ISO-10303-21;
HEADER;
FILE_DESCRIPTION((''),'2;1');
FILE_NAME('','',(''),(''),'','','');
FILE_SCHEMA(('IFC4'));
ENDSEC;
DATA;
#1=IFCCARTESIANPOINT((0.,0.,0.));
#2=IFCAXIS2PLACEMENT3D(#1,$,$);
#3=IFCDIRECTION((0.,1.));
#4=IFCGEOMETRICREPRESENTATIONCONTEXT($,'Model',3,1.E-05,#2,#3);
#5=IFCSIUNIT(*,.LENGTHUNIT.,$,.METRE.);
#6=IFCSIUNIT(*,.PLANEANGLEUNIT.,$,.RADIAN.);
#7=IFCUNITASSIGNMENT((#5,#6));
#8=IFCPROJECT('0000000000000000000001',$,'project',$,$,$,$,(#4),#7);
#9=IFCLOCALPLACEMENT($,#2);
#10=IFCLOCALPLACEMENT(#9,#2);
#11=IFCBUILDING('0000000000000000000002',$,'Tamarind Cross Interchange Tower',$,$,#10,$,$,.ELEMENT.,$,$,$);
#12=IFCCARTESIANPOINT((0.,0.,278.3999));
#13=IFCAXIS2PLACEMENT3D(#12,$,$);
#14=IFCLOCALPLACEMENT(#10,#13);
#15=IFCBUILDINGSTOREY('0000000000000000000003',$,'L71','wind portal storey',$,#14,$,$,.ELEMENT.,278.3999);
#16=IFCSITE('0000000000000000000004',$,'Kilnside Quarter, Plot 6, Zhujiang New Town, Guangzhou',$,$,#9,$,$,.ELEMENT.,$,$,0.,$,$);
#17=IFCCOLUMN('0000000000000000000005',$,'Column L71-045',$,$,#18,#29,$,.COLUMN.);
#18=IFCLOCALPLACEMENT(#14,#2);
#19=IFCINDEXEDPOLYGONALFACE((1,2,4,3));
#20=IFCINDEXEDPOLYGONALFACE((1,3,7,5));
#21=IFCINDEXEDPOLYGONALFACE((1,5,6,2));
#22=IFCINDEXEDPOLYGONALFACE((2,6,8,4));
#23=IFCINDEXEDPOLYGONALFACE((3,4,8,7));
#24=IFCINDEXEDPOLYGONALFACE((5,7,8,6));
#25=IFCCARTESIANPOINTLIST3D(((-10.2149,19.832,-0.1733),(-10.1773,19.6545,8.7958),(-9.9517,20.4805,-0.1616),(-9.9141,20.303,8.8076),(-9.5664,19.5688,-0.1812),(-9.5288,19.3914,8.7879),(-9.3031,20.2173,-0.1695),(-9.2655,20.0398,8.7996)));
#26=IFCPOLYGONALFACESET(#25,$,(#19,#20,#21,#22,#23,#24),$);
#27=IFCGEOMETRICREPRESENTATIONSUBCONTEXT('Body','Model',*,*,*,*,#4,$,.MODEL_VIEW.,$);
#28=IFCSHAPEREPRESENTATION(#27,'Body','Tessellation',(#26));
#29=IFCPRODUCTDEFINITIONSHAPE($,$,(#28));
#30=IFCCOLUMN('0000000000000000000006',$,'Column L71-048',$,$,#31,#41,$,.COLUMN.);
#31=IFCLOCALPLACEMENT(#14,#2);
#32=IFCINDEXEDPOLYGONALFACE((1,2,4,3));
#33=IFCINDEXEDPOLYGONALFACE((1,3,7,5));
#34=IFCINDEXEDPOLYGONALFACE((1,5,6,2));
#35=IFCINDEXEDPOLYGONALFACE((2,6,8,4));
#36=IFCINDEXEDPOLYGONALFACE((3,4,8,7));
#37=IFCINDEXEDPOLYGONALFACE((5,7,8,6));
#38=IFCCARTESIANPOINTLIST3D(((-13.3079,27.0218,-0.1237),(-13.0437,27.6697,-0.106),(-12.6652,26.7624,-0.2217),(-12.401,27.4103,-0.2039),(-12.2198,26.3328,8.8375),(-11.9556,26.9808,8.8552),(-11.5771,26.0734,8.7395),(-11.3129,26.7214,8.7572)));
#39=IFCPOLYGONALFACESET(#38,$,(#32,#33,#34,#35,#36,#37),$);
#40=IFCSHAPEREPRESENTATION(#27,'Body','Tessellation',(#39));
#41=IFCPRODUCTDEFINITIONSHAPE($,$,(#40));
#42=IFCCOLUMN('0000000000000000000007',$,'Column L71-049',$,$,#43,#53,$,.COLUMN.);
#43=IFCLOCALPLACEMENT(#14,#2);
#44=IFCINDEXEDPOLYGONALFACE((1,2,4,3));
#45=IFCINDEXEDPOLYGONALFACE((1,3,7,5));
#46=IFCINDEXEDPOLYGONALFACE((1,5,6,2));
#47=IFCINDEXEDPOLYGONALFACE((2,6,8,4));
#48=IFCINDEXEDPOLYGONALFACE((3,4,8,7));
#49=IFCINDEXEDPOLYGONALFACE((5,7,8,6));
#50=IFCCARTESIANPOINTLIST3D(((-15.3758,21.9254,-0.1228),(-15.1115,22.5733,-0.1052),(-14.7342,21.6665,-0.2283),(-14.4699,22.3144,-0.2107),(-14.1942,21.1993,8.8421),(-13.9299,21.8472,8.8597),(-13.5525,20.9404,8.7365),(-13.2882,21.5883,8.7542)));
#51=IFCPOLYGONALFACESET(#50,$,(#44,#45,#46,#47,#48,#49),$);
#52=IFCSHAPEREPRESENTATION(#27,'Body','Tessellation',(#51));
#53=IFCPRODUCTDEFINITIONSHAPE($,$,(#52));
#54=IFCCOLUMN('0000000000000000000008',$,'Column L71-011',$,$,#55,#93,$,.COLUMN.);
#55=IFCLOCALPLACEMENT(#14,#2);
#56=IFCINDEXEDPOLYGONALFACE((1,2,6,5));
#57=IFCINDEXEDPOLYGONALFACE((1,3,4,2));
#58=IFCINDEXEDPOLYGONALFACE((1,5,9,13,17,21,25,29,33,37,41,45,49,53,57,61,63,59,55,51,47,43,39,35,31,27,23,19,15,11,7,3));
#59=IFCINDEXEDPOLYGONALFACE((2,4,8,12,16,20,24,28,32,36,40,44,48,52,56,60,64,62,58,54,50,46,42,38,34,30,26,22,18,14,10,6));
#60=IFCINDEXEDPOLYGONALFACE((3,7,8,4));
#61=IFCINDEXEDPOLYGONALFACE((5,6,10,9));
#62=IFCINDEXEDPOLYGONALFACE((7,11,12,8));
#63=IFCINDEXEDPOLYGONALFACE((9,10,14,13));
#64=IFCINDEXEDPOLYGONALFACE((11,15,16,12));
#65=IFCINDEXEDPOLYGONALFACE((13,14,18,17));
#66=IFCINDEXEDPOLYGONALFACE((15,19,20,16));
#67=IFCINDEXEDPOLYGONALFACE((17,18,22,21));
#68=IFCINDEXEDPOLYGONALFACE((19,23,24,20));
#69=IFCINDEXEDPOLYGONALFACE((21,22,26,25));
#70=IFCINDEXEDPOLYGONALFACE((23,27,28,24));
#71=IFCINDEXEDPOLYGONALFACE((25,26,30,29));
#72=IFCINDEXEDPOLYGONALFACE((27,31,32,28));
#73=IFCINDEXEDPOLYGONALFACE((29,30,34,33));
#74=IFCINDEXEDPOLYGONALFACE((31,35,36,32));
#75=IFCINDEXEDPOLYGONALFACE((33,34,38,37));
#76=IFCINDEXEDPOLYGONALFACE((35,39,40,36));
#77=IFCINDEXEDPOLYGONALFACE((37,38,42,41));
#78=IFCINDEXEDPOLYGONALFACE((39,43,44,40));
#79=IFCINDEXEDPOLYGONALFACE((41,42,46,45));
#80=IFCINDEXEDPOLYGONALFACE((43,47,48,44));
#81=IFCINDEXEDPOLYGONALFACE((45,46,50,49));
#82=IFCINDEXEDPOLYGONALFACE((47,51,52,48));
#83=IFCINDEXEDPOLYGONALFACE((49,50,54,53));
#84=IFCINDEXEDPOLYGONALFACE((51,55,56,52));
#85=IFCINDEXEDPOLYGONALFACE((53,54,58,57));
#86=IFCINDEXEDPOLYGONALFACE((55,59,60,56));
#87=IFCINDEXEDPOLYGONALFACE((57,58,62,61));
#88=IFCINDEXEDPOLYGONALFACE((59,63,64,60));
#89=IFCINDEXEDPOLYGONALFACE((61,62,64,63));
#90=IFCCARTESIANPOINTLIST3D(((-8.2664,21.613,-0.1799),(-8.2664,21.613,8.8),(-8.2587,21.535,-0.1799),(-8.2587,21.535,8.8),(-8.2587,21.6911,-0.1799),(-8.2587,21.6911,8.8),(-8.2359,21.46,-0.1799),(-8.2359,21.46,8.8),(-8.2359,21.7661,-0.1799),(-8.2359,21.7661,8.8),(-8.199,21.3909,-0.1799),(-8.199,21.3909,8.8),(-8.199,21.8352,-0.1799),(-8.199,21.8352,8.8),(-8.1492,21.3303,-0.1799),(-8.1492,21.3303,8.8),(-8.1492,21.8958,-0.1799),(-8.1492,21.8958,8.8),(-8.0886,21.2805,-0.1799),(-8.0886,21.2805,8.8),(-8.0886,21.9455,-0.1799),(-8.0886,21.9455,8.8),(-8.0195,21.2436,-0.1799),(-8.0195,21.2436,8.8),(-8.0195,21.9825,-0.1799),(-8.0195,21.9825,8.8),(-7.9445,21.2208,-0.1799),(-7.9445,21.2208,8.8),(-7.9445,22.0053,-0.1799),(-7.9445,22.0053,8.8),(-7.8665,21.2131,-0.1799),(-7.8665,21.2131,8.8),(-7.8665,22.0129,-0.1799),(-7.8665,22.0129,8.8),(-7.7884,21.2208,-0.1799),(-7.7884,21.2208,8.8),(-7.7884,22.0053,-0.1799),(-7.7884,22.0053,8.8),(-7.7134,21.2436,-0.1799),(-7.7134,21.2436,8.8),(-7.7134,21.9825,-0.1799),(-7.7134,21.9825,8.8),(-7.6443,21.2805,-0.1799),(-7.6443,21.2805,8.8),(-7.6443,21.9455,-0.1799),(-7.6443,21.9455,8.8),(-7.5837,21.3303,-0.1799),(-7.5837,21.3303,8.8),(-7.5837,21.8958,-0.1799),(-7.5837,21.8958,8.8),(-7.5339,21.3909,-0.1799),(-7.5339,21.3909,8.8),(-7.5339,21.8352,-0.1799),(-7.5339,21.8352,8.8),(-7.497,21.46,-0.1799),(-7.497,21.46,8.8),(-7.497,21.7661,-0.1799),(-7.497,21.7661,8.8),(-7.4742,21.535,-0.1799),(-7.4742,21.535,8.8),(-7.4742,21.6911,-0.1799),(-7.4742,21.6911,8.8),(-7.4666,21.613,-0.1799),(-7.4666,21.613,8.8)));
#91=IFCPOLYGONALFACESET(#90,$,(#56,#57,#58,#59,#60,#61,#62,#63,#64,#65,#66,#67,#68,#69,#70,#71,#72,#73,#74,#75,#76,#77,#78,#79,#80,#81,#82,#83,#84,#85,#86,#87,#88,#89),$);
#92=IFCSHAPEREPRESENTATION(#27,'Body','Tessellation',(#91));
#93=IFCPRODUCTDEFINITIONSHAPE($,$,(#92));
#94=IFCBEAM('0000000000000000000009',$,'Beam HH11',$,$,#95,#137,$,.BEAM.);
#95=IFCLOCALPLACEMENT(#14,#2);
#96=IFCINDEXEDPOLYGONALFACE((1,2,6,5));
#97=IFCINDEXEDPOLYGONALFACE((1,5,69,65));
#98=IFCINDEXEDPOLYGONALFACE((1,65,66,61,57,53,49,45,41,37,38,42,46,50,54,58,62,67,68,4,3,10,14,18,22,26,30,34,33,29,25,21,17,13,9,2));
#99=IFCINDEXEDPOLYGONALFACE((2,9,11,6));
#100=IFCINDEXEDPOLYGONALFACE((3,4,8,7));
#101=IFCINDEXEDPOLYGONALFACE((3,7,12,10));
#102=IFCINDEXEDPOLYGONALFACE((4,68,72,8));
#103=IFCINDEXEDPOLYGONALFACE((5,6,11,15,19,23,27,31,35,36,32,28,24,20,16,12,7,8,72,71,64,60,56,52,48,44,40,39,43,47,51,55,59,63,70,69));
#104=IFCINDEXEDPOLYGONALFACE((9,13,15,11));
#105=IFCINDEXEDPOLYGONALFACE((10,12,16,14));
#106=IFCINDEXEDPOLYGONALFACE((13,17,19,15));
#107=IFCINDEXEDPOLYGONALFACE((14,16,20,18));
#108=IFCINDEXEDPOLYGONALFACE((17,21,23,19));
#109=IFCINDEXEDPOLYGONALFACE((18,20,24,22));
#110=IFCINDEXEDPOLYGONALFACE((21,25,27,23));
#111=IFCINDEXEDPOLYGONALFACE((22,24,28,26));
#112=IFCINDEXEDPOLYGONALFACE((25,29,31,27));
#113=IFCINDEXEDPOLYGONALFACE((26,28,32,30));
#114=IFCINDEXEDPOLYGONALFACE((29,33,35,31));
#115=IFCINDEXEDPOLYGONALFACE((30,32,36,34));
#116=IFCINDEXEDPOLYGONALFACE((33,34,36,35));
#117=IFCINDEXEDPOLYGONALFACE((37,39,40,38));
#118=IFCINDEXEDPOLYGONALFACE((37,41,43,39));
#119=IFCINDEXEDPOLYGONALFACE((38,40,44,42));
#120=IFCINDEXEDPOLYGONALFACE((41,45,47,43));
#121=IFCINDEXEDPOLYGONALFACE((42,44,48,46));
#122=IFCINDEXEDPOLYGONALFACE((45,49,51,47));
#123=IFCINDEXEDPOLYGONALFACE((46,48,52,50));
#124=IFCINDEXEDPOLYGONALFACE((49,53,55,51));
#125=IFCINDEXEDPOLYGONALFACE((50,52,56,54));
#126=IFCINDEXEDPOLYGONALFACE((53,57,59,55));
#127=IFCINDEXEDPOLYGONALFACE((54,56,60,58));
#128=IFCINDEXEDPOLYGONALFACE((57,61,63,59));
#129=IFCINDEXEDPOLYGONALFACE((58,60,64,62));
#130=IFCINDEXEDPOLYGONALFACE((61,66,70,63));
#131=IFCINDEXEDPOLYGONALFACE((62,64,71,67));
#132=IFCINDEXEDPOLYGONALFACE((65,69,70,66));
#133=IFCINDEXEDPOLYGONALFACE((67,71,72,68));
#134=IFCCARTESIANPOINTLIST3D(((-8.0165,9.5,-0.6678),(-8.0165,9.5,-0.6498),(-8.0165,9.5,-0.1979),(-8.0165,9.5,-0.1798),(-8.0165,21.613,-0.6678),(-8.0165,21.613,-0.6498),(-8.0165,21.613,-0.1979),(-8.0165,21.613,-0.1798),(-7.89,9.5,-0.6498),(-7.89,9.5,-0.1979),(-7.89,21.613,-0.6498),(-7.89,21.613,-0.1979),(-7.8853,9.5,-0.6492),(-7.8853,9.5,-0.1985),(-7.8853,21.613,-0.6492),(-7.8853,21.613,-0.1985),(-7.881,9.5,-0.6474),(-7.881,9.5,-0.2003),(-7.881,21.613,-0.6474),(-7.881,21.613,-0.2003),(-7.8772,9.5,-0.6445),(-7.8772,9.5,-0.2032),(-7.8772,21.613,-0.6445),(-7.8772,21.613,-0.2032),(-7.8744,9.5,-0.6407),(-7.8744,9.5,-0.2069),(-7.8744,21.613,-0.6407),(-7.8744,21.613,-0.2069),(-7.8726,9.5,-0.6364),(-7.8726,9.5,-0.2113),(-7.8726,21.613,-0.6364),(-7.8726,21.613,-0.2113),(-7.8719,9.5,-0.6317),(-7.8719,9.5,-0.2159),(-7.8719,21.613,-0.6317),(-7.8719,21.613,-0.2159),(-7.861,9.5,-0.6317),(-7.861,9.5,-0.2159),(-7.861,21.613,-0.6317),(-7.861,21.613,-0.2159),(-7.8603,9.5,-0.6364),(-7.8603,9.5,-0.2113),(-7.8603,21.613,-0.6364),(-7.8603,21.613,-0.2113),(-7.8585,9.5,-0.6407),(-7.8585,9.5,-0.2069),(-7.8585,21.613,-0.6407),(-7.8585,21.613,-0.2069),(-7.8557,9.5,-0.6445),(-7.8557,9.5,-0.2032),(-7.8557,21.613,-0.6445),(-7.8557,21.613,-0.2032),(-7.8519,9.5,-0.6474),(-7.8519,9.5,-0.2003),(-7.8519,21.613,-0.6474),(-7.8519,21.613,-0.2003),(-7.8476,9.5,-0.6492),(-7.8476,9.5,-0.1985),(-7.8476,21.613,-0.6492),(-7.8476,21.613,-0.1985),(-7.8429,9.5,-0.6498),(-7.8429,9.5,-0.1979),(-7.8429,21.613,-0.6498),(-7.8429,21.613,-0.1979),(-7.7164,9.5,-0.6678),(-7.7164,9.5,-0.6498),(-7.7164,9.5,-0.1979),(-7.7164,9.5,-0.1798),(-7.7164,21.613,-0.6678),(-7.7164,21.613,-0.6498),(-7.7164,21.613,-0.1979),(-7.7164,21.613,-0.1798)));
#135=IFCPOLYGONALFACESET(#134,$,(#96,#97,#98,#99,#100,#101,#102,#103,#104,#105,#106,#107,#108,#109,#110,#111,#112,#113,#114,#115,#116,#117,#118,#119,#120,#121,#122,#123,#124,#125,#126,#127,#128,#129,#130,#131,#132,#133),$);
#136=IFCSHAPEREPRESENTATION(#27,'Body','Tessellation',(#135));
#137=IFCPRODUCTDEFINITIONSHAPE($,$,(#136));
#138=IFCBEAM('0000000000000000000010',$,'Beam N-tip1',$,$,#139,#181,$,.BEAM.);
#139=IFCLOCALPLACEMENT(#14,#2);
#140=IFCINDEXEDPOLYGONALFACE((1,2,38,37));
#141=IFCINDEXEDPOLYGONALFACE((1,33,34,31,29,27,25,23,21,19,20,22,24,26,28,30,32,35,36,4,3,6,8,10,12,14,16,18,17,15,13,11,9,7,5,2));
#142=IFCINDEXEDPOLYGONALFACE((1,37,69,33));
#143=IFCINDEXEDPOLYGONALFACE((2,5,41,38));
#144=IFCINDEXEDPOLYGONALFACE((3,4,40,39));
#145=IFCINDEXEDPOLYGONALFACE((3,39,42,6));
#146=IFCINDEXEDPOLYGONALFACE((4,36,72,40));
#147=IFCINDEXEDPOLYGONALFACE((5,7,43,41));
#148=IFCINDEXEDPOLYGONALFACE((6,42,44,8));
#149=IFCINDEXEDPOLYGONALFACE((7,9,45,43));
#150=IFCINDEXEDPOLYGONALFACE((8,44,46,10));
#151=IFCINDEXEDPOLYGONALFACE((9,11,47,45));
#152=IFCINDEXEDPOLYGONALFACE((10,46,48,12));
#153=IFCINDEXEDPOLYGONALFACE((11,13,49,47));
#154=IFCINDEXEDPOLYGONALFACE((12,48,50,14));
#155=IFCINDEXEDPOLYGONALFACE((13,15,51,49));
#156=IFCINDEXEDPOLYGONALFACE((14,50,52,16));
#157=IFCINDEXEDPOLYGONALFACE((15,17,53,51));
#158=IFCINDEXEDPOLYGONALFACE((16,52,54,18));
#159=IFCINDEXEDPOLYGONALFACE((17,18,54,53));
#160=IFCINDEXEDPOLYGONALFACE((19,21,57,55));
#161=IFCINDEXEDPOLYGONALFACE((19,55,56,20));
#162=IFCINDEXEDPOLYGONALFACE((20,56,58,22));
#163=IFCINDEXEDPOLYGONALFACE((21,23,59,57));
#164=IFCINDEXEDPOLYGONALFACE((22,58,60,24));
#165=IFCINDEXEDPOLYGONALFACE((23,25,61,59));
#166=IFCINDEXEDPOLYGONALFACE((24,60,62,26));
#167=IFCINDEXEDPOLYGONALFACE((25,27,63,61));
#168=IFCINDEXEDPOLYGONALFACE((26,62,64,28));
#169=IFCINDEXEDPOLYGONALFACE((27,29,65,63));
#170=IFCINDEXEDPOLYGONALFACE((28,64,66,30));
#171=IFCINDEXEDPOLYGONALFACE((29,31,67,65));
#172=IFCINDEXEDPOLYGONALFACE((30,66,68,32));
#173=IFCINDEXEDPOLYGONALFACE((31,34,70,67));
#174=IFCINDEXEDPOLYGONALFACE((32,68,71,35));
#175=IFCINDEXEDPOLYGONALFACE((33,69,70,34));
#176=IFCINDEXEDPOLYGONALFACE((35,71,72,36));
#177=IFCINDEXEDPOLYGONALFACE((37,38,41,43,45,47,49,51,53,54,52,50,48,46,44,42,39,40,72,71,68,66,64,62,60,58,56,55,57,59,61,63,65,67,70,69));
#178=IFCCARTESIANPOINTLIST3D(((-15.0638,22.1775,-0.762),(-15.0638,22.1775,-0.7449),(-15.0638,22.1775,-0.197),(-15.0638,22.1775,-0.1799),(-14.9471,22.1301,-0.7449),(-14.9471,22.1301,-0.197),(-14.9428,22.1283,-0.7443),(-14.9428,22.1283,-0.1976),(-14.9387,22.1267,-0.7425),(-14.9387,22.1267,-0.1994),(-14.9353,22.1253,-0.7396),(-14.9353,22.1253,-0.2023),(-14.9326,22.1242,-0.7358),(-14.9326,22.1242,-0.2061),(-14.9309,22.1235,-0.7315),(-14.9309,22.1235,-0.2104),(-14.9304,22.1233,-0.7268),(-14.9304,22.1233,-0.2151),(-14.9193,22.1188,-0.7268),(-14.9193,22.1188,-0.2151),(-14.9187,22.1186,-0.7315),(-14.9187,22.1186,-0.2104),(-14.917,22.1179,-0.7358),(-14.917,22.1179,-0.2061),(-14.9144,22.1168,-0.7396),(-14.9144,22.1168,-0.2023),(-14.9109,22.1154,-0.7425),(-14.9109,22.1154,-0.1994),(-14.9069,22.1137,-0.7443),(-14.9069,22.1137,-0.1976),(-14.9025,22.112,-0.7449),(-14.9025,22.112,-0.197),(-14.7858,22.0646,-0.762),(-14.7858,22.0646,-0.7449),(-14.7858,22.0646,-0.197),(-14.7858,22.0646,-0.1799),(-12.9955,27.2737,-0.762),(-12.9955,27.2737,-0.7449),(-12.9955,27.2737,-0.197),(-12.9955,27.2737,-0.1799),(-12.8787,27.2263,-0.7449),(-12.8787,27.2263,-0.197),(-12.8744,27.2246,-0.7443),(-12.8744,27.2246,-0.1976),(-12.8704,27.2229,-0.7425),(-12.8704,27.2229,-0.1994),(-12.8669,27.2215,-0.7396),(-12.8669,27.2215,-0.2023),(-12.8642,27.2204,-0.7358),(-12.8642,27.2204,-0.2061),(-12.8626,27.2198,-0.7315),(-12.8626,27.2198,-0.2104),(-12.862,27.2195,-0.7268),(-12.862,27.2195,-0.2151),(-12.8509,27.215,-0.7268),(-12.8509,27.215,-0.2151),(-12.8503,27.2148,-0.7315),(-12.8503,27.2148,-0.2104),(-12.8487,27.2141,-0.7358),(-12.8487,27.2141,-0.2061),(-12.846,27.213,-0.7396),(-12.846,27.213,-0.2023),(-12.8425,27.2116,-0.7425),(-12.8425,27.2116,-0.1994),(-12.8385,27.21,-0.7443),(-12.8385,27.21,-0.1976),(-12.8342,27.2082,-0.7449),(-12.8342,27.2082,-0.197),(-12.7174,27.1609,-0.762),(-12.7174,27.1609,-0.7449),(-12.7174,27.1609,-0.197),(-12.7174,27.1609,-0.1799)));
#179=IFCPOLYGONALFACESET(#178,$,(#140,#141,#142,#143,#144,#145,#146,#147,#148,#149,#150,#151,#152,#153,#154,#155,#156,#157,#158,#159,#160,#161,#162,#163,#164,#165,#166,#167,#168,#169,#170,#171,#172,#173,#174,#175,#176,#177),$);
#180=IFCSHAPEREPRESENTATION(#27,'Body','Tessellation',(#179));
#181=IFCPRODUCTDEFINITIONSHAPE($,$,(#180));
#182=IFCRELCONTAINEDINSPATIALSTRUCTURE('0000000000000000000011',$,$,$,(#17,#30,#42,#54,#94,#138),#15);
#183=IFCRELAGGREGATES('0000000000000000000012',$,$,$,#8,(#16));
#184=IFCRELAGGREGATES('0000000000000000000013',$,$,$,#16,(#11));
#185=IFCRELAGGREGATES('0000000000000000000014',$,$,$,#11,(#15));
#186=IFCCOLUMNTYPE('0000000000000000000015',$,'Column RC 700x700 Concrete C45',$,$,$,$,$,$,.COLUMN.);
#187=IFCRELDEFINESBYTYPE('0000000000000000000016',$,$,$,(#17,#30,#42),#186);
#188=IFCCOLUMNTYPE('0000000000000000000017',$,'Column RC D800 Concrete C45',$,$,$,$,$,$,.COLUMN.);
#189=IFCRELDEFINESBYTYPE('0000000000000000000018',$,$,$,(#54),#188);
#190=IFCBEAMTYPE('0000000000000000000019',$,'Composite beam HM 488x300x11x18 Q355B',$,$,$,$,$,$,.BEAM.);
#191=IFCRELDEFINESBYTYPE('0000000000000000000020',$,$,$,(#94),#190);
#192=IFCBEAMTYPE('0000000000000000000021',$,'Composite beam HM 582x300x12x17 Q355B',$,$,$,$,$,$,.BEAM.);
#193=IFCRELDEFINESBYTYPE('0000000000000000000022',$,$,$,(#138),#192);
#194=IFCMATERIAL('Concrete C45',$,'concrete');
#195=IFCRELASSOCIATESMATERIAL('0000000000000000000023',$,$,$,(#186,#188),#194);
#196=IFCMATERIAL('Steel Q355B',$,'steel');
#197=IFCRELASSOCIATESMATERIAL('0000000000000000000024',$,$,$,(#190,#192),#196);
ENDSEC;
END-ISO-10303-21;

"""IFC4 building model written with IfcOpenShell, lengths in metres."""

from ifc_helpers import new_model, si_unit, direction, frame, origin, origin_2d, place, context, subcontext, project, spatial, rectangle, circle, i_section, extrude, material, material_profile, profile_set, type_object, element, save


model = new_model("IFC4")

# Units and contexts
model_context = context("Model", 3, precision=1e-05, world=origin(), true_north=direction((0.0, 1.0)))
body_context = subcontext(model_context, "Body", "Model", "MODEL_VIEW")
ifc_project = project(units=[si_unit("LENGTHUNIT", "METRE"), si_unit("PLANEANGLEUNIT", "RADIAN")], contexts=[model_context])

# Site, building, storey
site_placement = place(None, origin())
site = spatial("IfcSite", under=ifc_project, at=site_placement, Name="Kilnside Quarter, Plot 6, Zhujiang New Town, Guangzhou", CompositionType="ELEMENT", RefElevation=0.0)
building_placement = place(site_placement, origin())
building = spatial("IfcBuilding", under=site, at=building_placement, Name="Tamarind Cross Interchange Tower", CompositionType="ELEMENT")
storey_placement = place(building_placement, frame((0.0, 0.0, 278.3999)))
storey = spatial("IfcBuildingStorey", under=building, at=storey_placement, Name="L71", Description="wind portal storey", CompositionType="ELEMENT", Elevation=278.3999)

# Columns
ifc_material_1 = material(Name="Concrete C45", Category="concrete")
ifc_material_profile_1 = material_profile(ifc_material_1, rectangle(XDim=0.7, YDim=0.7, at=origin_2d()), Name="RC 700x700")
ifc_profile_set_1 = profile_set([ifc_material_profile_1], Name="Concrete C45")
column_type_1 = type_object("IfcColumnType", Name="Column RC 700x700 Concrete C45", PredefinedType="COLUMN", material=ifc_profile_set_1)
column_1_placement = place(storey_placement, frame((-9.759, 20.0247, -0.1714), z_axis=(0.004191, -0.019785, 0.999795), x_axis=(0.376142, 0.926411, 0.016756)))
element("IfcColumn", 1, at=column_1_placement, inside=storey, type_object=column_type_1, Name="Column L71-045", PredefinedType="COLUMN", context=body_context, shape_type="SweptSolid", body=[
    extrude(rectangle(XDim=0.7, YDim=0.7, at=origin_2d()), origin(), (0.0, 0.0, 1.0), 8.9709),
])
column_2_placement = place(storey_placement, frame((-12.8545, 27.2161, -0.1638), z_axis=(0.120193, -0.076101, 0.989829), x_axis=(0.377445, 0.925685, 0.025337)))
element("IfcColumn", 2, at=column_2_placement, inside=storey, type_object=column_type_1, Name="Column L71-048", PredefinedType="COLUMN", context=body_context, shape_type="SweptSolid", body=[
    extrude(rectangle(XDim=0.7, YDim=0.7, at=origin_2d()), origin(), (0.0, 0.0, 1.0), 9.0532),
])
column_3_placement = place(storey_placement, frame((-14.9229, 22.1199, -0.1667), z_axis=(0.130259, -0.080039, 0.988244), x_axis=(0.377607, 0.925623, 0.025196)))
element("IfcColumn", 3, at=column_3_placement, inside=storey, type_object=column_type_1, Name="Column L71-049", PredefinedType="COLUMN", context=body_context, shape_type="SweptSolid", body=[
    extrude(rectangle(XDim=0.7, YDim=0.7, at=origin_2d()), origin(), (0.0, 0.0, 1.0), 9.0715),
])
ifc_material_profile_2 = material_profile(ifc_material_1, circle(Radius=0.3999, at=origin_2d()), Name="RC D800")
ifc_profile_set_2 = profile_set([ifc_material_profile_2], Name="Concrete C45")
column_type_2 = type_object("IfcColumnType", Name="Column RC D800 Concrete C45", PredefinedType="COLUMN", material=ifc_profile_set_2)
column_4_placement = place(storey_placement, frame((-7.8665, 21.613, -0.1799), z_axis=(0.0, 0.0, 1.0), x_axis=(1.0, 0.0, 0.0)))
element("IfcColumn", 4, at=column_4_placement, inside=storey, type_object=column_type_2, Name="Column L71-011", PredefinedType="COLUMN", context=body_context, shape_type="SweptSolid", body=[
    extrude(circle(Radius=0.3999, at=origin_2d()), origin(), (0.0, 0.0, 1.0), 8.98),
])

# Beams
ifc_material_2 = material(Name="Steel Q355B", Category="steel")
ifc_material_profile_3 = material_profile(ifc_material_2, i_section(OverallWidth=0.3, OverallDepth=0.488, WebThickness=0.011, FlangeThickness=0.0181, FilletRadius=0.0181, at=origin_2d()), Name="HM 488x300x11x18")
ifc_profile_set_3 = profile_set([ifc_material_profile_3], Name="Steel Q355B")
beam_type_1 = type_object("IfcBeamType", Name="Composite beam HM 488x300x11x18 Q355B", PredefinedType="BEAM", material=ifc_profile_set_3)
beam_1_placement = place(storey_placement, frame((-7.8665, 21.613, -0.4238), z_axis=(0.0, -1.0, 0.0), x_axis=(1.0, 0.0, 0.0)))
element("IfcBeam", 5, at=beam_1_placement, inside=storey, type_object=beam_type_1, Name="Beam HH11", PredefinedType="BEAM", context=body_context, shape_type="SweptSolid", body=[
    extrude(i_section(OverallWidth=0.3, OverallDepth=0.488, WebThickness=0.011, FlangeThickness=0.0181, FilletRadius=0.0181, at=origin_2d()), origin(), (0.0, 0.0, 1.0), 12.113),
])
ifc_material_profile_4 = material_profile(ifc_material_2, i_section(OverallWidth=0.3, OverallDepth=0.582, WebThickness=0.012, FlangeThickness=0.0171, FilletRadius=0.0181, at=origin_2d()), Name="HM 582x300x12x17")
ifc_profile_set_4 = profile_set([ifc_material_profile_4], Name="Steel Q355B")
beam_type_2 = type_object("IfcBeamType", Name="Composite beam HM 582x300x12x17 Q355B", PredefinedType="BEAM", material=ifc_profile_set_4)
beam_2_placement = place(storey_placement, frame((-12.8564, 27.2173, -0.4709), z_axis=(-0.37607, -0.926591, 0.0), x_axis=(0.926591, -0.37607, 0.0)))
element("IfcBeam", 6, at=beam_2_placement, inside=storey, type_object=beam_type_2, Name="Beam N-tip1", PredefinedType="BEAM", context=body_context, shape_type="SweptSolid", body=[
    extrude(i_section(OverallWidth=0.3, OverallDepth=0.582, WebThickness=0.012, FlangeThickness=0.0171, FilletRadius=0.0181, at=origin_2d()), origin(), (0.0, 0.0, 1.0), 5.5),
])

save(model, "model.ifc")
